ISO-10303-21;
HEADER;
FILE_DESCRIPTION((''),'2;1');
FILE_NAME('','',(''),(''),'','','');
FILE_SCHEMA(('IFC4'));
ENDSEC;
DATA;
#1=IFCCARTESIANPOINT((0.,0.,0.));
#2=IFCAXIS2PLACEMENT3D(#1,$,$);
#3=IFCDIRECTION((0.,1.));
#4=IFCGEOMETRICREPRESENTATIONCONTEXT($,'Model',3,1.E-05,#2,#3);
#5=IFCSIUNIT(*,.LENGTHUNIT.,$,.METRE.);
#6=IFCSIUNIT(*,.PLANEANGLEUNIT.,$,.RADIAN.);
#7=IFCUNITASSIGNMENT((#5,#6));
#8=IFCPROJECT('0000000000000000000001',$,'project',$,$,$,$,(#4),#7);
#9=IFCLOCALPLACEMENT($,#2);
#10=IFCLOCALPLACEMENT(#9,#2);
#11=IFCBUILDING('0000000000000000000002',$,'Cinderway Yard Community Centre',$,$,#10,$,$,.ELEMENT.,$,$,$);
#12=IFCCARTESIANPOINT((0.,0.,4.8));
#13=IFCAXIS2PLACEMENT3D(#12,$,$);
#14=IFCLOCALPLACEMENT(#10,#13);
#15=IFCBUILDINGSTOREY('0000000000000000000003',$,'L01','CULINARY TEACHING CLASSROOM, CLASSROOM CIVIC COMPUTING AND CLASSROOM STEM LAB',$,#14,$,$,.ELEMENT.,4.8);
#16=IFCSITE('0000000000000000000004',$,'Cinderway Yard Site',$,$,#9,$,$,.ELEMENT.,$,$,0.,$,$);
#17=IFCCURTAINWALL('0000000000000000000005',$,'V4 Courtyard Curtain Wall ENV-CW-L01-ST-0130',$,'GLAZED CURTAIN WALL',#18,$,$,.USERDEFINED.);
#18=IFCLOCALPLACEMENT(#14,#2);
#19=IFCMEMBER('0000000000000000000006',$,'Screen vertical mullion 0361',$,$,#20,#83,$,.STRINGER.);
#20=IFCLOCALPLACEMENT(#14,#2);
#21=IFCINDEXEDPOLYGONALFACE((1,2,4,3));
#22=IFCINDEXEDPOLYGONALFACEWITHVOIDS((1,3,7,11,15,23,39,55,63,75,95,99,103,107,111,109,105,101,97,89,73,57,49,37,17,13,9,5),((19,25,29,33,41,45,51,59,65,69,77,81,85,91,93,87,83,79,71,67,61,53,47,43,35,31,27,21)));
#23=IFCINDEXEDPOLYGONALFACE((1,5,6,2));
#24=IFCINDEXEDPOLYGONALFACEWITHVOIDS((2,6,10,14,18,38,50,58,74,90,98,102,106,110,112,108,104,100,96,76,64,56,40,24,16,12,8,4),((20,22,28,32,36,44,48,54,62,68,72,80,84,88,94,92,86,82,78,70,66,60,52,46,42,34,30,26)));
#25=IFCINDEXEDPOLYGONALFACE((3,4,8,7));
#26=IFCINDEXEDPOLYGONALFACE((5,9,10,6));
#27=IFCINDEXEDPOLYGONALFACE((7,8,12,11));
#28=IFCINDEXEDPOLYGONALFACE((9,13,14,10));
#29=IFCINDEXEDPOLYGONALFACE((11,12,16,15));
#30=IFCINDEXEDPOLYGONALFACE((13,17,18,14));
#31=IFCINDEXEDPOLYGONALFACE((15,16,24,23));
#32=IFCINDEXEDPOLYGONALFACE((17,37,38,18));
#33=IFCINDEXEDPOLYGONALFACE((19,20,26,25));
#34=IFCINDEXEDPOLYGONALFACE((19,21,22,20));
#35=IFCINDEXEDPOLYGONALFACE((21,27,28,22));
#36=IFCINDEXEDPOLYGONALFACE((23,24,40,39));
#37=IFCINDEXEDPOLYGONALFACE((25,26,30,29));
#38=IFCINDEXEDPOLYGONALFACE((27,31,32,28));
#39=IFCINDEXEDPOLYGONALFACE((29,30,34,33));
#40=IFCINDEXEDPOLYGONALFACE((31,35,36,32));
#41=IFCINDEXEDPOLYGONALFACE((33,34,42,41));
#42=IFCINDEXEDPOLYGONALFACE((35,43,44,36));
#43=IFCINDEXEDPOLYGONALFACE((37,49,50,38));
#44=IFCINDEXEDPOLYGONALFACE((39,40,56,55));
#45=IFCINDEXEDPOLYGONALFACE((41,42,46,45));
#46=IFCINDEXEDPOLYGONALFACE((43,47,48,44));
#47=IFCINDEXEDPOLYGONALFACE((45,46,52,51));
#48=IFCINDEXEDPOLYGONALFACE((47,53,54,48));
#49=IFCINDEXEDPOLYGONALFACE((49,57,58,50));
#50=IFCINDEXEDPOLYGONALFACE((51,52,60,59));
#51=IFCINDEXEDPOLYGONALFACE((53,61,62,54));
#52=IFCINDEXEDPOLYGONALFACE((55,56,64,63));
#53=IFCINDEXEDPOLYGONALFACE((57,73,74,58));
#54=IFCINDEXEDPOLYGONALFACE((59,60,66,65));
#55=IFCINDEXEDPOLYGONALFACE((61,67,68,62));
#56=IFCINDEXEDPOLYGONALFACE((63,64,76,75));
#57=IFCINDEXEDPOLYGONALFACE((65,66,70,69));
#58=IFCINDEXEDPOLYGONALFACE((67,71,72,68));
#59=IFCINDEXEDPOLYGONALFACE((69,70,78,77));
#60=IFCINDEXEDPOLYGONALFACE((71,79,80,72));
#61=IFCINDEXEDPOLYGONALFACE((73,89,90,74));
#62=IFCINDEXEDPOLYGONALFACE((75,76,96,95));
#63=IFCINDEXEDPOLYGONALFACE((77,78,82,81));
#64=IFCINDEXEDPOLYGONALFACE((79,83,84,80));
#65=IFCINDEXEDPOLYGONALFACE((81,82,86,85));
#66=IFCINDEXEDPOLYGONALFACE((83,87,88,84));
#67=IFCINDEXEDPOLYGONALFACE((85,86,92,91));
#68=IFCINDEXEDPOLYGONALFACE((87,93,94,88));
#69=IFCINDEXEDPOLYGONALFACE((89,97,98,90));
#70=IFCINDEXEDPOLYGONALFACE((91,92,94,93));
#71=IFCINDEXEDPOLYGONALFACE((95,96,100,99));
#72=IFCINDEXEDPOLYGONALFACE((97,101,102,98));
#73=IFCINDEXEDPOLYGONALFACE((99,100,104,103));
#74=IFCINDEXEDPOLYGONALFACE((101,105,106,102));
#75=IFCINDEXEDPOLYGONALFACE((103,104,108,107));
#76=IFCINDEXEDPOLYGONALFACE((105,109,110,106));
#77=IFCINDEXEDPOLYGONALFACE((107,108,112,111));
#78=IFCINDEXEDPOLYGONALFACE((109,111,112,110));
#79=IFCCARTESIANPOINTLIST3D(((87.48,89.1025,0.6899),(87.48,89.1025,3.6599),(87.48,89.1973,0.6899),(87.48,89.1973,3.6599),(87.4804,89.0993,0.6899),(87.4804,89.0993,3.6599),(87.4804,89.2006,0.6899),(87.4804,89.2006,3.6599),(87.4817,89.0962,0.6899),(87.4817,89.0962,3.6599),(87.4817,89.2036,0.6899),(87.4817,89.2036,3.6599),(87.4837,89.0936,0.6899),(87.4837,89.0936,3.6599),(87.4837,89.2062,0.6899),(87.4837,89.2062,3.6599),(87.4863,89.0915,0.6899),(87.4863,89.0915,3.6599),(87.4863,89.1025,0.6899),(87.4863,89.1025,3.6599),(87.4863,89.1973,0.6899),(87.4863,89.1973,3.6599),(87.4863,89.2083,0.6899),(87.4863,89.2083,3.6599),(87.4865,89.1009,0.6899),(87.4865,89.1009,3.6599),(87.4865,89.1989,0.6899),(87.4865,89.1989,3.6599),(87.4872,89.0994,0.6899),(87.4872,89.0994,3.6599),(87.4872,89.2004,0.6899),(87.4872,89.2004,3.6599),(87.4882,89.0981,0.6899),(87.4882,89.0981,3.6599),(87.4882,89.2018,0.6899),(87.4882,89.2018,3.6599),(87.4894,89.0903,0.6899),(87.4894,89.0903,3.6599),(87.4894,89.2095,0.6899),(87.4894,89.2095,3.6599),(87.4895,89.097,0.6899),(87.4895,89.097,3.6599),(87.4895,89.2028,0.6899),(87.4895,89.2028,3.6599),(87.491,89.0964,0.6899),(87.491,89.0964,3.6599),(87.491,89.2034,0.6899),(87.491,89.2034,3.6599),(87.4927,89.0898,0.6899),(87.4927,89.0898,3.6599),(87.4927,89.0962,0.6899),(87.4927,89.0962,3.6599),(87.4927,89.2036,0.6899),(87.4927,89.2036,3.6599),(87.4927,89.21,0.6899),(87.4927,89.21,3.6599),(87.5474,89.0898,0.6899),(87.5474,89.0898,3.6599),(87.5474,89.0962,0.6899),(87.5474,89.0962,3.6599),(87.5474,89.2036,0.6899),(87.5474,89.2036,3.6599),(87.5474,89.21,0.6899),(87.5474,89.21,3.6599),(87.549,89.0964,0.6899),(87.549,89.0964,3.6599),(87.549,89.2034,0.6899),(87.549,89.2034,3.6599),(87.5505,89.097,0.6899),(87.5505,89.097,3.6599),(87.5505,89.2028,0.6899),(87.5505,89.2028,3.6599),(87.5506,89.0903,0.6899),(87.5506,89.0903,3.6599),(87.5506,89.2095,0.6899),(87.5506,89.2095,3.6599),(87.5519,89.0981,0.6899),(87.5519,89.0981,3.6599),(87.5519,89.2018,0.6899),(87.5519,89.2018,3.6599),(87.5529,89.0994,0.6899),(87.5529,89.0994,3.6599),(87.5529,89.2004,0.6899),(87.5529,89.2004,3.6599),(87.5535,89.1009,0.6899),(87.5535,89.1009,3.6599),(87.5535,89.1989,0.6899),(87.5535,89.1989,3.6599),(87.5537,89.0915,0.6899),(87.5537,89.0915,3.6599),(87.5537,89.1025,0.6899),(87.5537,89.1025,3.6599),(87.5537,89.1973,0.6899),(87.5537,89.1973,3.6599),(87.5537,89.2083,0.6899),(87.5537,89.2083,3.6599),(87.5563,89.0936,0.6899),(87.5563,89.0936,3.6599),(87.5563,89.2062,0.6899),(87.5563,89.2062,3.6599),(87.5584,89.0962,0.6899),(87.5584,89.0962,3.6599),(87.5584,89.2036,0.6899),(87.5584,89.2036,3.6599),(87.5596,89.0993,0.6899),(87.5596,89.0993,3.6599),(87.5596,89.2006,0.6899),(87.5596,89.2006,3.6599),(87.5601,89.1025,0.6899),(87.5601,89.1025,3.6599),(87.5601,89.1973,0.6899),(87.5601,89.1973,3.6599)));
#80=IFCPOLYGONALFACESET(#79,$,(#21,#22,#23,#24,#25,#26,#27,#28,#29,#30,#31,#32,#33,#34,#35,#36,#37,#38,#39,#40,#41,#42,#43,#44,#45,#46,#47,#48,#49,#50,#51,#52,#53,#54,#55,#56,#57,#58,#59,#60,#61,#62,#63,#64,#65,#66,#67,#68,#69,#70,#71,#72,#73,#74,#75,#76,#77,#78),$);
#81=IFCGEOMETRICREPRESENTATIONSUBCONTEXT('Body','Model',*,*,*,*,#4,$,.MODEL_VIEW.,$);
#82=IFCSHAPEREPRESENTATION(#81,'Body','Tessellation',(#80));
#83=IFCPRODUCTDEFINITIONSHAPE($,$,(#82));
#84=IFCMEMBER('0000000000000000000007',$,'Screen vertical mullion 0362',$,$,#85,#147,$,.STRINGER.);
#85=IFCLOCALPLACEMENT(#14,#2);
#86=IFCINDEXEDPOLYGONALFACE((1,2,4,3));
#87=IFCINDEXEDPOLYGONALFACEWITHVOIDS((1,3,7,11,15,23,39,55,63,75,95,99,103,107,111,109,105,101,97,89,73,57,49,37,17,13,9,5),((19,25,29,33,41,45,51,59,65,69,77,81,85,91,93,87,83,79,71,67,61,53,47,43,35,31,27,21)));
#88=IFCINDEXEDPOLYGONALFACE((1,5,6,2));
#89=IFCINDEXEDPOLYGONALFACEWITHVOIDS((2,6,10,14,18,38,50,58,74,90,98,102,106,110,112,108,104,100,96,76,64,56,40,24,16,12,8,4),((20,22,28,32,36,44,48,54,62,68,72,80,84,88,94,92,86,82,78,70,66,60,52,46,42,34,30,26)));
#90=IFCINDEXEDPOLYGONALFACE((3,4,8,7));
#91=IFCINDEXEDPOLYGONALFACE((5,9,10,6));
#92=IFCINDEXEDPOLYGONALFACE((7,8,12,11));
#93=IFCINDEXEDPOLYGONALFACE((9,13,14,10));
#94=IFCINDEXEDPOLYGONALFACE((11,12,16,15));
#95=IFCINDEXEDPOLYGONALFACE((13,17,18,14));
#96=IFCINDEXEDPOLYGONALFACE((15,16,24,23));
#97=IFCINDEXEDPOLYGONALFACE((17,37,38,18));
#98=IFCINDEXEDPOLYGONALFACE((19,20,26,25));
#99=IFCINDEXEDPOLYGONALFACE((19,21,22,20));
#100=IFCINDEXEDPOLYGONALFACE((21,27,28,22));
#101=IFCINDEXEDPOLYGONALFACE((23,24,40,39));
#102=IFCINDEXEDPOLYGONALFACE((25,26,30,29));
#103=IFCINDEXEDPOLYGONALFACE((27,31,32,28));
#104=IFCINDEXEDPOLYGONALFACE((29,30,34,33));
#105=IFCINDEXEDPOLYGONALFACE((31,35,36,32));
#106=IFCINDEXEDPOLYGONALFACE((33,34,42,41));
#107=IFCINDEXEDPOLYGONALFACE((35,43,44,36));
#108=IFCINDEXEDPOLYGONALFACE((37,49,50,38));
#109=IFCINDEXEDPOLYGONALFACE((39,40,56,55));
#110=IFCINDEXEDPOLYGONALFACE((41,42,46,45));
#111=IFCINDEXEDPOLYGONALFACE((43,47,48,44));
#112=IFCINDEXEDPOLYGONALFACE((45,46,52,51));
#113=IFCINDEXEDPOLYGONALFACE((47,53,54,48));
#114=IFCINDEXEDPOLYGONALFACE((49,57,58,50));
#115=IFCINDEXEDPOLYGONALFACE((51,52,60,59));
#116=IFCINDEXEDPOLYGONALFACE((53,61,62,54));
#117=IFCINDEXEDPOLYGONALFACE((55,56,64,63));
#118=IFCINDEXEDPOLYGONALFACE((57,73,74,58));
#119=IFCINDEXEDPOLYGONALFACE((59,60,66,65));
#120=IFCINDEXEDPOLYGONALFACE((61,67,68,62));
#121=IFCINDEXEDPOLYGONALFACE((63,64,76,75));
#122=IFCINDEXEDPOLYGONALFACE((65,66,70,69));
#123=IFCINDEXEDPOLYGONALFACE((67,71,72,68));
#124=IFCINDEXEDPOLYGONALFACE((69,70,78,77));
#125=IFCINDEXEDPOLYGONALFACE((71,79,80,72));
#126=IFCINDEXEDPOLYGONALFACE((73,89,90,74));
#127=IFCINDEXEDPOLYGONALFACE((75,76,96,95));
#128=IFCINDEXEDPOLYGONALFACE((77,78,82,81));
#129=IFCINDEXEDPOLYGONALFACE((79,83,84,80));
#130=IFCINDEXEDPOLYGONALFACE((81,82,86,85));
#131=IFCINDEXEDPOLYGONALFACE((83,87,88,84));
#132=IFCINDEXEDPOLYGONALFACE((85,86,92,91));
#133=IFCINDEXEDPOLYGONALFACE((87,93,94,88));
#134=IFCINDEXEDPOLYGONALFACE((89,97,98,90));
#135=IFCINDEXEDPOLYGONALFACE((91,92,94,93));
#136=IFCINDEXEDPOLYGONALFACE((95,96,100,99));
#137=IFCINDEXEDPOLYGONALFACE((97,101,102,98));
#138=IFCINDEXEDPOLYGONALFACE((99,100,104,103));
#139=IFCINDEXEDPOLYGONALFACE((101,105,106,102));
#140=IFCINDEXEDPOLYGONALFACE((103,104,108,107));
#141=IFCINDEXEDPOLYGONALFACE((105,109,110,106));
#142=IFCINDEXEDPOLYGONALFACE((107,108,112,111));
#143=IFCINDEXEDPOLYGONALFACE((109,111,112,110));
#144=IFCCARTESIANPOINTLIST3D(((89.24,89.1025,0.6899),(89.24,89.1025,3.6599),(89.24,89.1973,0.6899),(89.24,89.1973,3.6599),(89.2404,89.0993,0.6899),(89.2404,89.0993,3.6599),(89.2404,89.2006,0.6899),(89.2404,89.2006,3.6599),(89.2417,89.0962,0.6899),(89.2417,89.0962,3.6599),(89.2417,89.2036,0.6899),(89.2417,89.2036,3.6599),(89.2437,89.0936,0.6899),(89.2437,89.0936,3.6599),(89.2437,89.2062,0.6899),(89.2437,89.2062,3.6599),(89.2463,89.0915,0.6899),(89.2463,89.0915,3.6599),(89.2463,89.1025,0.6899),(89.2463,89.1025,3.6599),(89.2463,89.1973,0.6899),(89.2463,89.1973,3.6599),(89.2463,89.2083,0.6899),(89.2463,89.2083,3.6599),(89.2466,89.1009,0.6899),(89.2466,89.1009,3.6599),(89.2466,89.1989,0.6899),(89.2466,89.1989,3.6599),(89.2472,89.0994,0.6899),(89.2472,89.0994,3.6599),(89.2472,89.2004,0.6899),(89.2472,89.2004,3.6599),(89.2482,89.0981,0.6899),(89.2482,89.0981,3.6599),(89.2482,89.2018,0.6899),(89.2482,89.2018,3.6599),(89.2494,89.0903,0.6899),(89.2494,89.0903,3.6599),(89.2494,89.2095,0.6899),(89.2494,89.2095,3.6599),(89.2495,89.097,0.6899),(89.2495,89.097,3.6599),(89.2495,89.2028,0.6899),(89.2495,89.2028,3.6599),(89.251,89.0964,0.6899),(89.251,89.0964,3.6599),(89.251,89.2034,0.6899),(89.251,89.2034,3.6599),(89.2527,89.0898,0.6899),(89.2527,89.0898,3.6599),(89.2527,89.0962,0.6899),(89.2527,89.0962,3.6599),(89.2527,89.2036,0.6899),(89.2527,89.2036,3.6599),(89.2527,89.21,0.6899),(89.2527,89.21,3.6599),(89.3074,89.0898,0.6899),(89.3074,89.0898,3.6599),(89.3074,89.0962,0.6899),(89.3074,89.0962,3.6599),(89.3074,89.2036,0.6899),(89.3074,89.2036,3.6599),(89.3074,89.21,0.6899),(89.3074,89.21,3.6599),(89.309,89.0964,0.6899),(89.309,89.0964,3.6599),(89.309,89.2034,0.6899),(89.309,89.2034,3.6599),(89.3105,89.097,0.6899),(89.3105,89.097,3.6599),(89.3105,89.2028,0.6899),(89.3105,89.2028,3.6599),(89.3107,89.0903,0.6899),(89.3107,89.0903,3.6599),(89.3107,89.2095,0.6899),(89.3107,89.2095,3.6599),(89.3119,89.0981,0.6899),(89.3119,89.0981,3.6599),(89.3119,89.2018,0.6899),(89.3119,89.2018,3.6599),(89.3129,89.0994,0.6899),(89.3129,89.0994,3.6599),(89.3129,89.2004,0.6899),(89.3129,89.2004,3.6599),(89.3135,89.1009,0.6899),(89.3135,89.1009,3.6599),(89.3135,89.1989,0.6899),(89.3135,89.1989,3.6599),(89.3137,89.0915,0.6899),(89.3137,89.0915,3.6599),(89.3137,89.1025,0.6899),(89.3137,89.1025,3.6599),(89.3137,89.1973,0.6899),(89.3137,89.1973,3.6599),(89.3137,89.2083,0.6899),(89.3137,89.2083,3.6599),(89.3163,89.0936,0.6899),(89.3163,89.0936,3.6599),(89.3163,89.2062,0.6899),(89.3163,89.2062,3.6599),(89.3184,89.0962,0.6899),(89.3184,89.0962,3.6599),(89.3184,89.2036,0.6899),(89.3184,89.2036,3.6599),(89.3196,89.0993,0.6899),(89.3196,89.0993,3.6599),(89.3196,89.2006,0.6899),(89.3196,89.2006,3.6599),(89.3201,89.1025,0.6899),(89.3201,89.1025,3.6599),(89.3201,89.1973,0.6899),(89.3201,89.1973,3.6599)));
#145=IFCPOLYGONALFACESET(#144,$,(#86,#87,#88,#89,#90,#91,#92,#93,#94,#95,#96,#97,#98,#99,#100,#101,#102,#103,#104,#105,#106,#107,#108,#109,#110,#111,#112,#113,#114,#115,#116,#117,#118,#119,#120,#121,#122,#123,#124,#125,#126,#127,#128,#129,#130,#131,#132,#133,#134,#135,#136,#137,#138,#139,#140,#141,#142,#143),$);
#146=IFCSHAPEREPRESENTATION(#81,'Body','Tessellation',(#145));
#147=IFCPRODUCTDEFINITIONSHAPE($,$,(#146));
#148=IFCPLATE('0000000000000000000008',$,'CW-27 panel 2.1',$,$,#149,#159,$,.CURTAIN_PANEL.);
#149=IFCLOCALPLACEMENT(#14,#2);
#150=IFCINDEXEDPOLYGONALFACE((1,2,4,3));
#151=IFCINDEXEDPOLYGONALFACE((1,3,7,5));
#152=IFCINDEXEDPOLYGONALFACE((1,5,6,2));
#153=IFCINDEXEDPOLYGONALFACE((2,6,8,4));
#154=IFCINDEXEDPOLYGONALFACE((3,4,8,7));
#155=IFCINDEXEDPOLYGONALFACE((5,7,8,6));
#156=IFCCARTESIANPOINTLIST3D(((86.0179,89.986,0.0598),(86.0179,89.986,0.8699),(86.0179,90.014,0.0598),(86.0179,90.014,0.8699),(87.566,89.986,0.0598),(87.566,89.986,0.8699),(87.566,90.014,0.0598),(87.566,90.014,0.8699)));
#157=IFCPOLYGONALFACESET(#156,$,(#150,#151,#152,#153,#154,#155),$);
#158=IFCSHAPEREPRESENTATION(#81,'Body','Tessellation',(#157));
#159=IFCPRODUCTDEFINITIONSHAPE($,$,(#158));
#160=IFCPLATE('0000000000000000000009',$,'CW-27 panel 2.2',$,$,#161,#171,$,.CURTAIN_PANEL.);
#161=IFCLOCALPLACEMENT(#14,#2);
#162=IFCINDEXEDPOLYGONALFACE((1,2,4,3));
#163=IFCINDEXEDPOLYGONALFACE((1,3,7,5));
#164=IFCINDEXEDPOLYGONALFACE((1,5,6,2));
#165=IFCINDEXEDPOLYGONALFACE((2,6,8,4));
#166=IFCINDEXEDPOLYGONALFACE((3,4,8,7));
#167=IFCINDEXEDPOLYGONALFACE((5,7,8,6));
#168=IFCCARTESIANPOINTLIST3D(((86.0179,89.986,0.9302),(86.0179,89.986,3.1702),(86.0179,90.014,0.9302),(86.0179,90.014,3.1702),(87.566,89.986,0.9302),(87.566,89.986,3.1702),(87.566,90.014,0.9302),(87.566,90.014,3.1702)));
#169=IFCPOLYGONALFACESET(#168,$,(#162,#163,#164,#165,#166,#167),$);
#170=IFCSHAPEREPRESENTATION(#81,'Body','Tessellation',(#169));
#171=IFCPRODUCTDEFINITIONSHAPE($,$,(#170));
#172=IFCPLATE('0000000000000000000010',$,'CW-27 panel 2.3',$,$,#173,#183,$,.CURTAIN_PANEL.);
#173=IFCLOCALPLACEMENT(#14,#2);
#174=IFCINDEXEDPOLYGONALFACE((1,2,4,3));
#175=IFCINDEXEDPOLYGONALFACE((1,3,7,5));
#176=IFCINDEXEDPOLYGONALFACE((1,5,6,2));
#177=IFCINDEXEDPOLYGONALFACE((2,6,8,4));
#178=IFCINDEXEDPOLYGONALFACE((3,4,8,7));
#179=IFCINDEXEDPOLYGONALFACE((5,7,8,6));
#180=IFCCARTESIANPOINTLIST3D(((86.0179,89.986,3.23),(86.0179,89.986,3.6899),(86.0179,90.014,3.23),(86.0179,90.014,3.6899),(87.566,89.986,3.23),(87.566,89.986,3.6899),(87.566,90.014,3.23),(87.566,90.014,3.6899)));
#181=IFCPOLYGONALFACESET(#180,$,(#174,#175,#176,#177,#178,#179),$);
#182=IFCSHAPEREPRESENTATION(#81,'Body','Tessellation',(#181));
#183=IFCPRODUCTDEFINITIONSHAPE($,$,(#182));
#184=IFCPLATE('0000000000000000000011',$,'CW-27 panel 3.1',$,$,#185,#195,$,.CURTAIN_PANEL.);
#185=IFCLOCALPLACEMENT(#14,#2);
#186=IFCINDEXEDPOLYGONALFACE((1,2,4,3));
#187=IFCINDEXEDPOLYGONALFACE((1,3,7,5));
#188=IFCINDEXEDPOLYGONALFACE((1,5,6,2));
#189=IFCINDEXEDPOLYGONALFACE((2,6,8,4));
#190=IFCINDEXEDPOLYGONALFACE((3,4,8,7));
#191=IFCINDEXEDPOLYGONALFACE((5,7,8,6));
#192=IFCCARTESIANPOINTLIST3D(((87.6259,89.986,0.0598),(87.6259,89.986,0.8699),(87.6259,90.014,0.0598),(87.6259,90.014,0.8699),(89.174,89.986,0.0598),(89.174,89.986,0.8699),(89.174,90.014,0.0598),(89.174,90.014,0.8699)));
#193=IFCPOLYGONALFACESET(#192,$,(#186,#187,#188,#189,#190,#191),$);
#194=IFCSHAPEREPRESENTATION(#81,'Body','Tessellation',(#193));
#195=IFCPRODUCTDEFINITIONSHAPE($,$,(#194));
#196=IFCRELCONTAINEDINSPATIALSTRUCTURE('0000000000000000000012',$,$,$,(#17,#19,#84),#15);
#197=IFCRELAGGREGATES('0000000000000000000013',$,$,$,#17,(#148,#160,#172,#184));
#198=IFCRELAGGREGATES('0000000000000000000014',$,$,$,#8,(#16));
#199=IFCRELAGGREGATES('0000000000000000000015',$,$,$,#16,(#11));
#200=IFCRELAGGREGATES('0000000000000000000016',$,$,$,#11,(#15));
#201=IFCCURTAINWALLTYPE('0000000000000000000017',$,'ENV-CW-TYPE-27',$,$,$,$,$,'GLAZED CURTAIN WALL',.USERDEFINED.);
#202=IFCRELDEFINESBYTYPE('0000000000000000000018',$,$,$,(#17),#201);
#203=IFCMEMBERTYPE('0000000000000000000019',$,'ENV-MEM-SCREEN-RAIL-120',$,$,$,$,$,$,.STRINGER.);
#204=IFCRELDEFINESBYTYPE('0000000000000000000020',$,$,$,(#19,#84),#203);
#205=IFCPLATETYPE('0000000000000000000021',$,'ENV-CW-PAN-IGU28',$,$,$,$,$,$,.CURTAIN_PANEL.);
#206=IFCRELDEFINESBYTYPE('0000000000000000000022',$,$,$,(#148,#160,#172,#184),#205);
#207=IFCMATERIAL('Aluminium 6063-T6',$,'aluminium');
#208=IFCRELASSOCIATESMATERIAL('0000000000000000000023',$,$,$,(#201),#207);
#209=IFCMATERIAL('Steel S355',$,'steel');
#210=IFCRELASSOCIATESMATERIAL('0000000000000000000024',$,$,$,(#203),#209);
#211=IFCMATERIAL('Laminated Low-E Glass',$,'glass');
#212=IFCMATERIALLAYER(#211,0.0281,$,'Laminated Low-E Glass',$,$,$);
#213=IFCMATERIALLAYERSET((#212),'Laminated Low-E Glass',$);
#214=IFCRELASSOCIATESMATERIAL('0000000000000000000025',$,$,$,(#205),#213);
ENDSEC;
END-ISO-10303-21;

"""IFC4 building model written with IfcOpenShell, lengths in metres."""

from ifc_helpers import new_model, si_unit, direction, frame, origin, origin_2d, place, context, subcontext, project, spatial, rectangle, hollow_rectangle, extrude, material, layer, layer_set, material_profile, profile_set, type_object, element, aggregate, save


model = new_model("IFC4")

# Units and contexts
model_context = context("Model", 3, precision=1e-05, world=origin(), true_north=direction((0.0, 1.0)))
body_context = subcontext(model_context, "Body", "Model", "MODEL_VIEW")
ifc_project = project(units=[si_unit("LENGTHUNIT", "METRE"), si_unit("PLANEANGLEUNIT", "RADIAN")], contexts=[model_context])

# Site, building, storey
site_placement = place(None, origin())
site = spatial("IfcSite", under=ifc_project, at=site_placement, Name="Cinderway Yard Site", CompositionType="ELEMENT", RefElevation=0.0)
building_placement = place(site_placement, origin())
building = spatial("IfcBuilding", under=site, at=building_placement, Name="Cinderway Yard Community Centre", CompositionType="ELEMENT")
storey_placement = place(building_placement, frame((0.0, 0.0, 4.8)))
storey = spatial("IfcBuildingStorey", under=building, at=storey_placement, Name="L01", Description="CULINARY TEACHING CLASSROOM, CLASSROOM CIVIC COMPUTING AND CLASSROOM STEM LAB", CompositionType="ELEMENT", Elevation=4.8)

# Curtain wall
ifc_material_1 = material(Name="Aluminium 6063-T6", Category="aluminium")
curtain_wall_type = type_object("IfcCurtainWallType", Name="ENV-CW-TYPE-27", ElementType="GLAZED CURTAIN WALL", PredefinedType="USERDEFINED", material=ifc_material_1)
curtain_wall_placement = place(storey_placement, origin())
curtain_wall = element("IfcCurtainWall", 1, at=curtain_wall_placement, inside=storey, type_object=curtain_wall_type, Name="V4 Courtyard Curtain Wall ENV-CW-L01-ST-0130", ObjectType="GLAZED CURTAIN WALL", PredefinedType="USERDEFINED")

# Members
ifc_material_2 = material(Name="Steel S355", Category="steel")
ifc_material_profile_1 = material_profile(ifc_material_2, hollow_rectangle(XDim=0.0801, YDim=0.1201, WallThickness=0.0063, InnerFilletRadius=0.0063, OuterFilletRadius=0.0127, at=origin_2d()), Name="Steel S355")
ifc_profile_set_1 = profile_set([ifc_material_profile_1], Name="Steel S355")
member_type_1 = type_object("IfcMemberType", Name="ENV-MEM-SCREEN-RAIL-120", PredefinedType="STRINGER", material=ifc_profile_set_1)
for number, where, z_axis, x_axis, name in (
    (2, (87.52, 89.1499, 0.6899), (0.0, 0.0, 1.0), (1.0, 0.0, 0.0), "Screen vertical mullion 0361"),
    (3, (89.28, 89.1499, 0.6899), (0.0, 0.0, 1.0), (1.0, 0.0, 0.0), "Screen vertical mullion 0362"),
):
    element("IfcMember", number, at=place(storey_placement, frame(where, z_axis=z_axis, x_axis=x_axis)), inside=storey, type_object=member_type_1, Name=name, PredefinedType="STRINGER", context=body_context, shape_type="SweptSolid", body=[
        extrude(hollow_rectangle(XDim=0.0801, YDim=0.1201, WallThickness=0.0063, InnerFilletRadius=0.0063, OuterFilletRadius=0.0127, at=origin_2d()), origin(), (0.0, 0.0, 1.0), 2.97),
    ])

# Plates
ifc_material_3 = material(Name="Laminated Low-E Glass", Category="glass")
ifc_layer_1 = layer(ifc_material_3, 0.0281, Name="Laminated Low-E Glass")
ifc_layer_set_1 = layer_set([ifc_layer_1], Name="Laminated Low-E Glass")
plate_type_1 = type_object("IfcPlateType", Name="ENV-CW-PAN-IGU28", PredefinedType="CURTAIN_PANEL", material=ifc_layer_set_1)
plate_1_placement = place(storey_placement, frame((86.792, 90.0, 0.0598), z_axis=(0.0, 0.0, 1.0), x_axis=(1.0, 0.0, 0.0)))
plate_1 = element("IfcPlate", 4, at=plate_1_placement, type_object=plate_type_1, Name="CW-27 panel 2.1", PredefinedType="CURTAIN_PANEL", context=body_context, shape_type="SweptSolid", body=[
    extrude(rectangle(XDim=1.5481, YDim=0.0281, at=origin_2d()), origin(), (0.0, 0.0, 1.0), 0.8101),
])
plate_2_placement = place(storey_placement, frame((86.792, 90.0, 0.9302), z_axis=(0.0, 0.0, 1.0), x_axis=(1.0, 0.0, 0.0)))
plate_2 = element("IfcPlate", 5, at=plate_2_placement, type_object=plate_type_1, Name="CW-27 panel 2.2", PredefinedType="CURTAIN_PANEL", context=body_context, shape_type="SweptSolid", body=[
    extrude(rectangle(XDim=1.5481, YDim=0.0281, at=origin_2d()), origin(), (0.0, 0.0, 1.0), 2.24),
])
plate_3_placement = place(storey_placement, frame((86.792, 90.0, 3.23), z_axis=(0.0, 0.0, 1.0), x_axis=(1.0, 0.0, 0.0)))
plate_3 = element("IfcPlate", 6, at=plate_3_placement, type_object=plate_type_1, Name="CW-27 panel 2.3", PredefinedType="CURTAIN_PANEL", context=body_context, shape_type="SweptSolid", body=[
    extrude(rectangle(XDim=1.5481, YDim=0.0281, at=origin_2d()), origin(), (0.0, 0.0, 1.0), 0.46),
])
plate_4_placement = place(storey_placement, frame((88.3999, 90.0, 0.0598), z_axis=(0.0, 0.0, 1.0), x_axis=(1.0, 0.0, 0.0)))
plate_4 = element("IfcPlate", 7, at=plate_4_placement, type_object=plate_type_1, Name="CW-27 panel 3.1", PredefinedType="CURTAIN_PANEL", context=body_context, shape_type="SweptSolid", body=[
    extrude(rectangle(XDim=1.5481, YDim=0.0281, at=origin_2d()), origin(), (0.0, 0.0, 1.0), 0.8101),
])
aggregate(curtain_wall, [plate_1, plate_2, plate_3, plate_4])

save(model, "model.ifc")
